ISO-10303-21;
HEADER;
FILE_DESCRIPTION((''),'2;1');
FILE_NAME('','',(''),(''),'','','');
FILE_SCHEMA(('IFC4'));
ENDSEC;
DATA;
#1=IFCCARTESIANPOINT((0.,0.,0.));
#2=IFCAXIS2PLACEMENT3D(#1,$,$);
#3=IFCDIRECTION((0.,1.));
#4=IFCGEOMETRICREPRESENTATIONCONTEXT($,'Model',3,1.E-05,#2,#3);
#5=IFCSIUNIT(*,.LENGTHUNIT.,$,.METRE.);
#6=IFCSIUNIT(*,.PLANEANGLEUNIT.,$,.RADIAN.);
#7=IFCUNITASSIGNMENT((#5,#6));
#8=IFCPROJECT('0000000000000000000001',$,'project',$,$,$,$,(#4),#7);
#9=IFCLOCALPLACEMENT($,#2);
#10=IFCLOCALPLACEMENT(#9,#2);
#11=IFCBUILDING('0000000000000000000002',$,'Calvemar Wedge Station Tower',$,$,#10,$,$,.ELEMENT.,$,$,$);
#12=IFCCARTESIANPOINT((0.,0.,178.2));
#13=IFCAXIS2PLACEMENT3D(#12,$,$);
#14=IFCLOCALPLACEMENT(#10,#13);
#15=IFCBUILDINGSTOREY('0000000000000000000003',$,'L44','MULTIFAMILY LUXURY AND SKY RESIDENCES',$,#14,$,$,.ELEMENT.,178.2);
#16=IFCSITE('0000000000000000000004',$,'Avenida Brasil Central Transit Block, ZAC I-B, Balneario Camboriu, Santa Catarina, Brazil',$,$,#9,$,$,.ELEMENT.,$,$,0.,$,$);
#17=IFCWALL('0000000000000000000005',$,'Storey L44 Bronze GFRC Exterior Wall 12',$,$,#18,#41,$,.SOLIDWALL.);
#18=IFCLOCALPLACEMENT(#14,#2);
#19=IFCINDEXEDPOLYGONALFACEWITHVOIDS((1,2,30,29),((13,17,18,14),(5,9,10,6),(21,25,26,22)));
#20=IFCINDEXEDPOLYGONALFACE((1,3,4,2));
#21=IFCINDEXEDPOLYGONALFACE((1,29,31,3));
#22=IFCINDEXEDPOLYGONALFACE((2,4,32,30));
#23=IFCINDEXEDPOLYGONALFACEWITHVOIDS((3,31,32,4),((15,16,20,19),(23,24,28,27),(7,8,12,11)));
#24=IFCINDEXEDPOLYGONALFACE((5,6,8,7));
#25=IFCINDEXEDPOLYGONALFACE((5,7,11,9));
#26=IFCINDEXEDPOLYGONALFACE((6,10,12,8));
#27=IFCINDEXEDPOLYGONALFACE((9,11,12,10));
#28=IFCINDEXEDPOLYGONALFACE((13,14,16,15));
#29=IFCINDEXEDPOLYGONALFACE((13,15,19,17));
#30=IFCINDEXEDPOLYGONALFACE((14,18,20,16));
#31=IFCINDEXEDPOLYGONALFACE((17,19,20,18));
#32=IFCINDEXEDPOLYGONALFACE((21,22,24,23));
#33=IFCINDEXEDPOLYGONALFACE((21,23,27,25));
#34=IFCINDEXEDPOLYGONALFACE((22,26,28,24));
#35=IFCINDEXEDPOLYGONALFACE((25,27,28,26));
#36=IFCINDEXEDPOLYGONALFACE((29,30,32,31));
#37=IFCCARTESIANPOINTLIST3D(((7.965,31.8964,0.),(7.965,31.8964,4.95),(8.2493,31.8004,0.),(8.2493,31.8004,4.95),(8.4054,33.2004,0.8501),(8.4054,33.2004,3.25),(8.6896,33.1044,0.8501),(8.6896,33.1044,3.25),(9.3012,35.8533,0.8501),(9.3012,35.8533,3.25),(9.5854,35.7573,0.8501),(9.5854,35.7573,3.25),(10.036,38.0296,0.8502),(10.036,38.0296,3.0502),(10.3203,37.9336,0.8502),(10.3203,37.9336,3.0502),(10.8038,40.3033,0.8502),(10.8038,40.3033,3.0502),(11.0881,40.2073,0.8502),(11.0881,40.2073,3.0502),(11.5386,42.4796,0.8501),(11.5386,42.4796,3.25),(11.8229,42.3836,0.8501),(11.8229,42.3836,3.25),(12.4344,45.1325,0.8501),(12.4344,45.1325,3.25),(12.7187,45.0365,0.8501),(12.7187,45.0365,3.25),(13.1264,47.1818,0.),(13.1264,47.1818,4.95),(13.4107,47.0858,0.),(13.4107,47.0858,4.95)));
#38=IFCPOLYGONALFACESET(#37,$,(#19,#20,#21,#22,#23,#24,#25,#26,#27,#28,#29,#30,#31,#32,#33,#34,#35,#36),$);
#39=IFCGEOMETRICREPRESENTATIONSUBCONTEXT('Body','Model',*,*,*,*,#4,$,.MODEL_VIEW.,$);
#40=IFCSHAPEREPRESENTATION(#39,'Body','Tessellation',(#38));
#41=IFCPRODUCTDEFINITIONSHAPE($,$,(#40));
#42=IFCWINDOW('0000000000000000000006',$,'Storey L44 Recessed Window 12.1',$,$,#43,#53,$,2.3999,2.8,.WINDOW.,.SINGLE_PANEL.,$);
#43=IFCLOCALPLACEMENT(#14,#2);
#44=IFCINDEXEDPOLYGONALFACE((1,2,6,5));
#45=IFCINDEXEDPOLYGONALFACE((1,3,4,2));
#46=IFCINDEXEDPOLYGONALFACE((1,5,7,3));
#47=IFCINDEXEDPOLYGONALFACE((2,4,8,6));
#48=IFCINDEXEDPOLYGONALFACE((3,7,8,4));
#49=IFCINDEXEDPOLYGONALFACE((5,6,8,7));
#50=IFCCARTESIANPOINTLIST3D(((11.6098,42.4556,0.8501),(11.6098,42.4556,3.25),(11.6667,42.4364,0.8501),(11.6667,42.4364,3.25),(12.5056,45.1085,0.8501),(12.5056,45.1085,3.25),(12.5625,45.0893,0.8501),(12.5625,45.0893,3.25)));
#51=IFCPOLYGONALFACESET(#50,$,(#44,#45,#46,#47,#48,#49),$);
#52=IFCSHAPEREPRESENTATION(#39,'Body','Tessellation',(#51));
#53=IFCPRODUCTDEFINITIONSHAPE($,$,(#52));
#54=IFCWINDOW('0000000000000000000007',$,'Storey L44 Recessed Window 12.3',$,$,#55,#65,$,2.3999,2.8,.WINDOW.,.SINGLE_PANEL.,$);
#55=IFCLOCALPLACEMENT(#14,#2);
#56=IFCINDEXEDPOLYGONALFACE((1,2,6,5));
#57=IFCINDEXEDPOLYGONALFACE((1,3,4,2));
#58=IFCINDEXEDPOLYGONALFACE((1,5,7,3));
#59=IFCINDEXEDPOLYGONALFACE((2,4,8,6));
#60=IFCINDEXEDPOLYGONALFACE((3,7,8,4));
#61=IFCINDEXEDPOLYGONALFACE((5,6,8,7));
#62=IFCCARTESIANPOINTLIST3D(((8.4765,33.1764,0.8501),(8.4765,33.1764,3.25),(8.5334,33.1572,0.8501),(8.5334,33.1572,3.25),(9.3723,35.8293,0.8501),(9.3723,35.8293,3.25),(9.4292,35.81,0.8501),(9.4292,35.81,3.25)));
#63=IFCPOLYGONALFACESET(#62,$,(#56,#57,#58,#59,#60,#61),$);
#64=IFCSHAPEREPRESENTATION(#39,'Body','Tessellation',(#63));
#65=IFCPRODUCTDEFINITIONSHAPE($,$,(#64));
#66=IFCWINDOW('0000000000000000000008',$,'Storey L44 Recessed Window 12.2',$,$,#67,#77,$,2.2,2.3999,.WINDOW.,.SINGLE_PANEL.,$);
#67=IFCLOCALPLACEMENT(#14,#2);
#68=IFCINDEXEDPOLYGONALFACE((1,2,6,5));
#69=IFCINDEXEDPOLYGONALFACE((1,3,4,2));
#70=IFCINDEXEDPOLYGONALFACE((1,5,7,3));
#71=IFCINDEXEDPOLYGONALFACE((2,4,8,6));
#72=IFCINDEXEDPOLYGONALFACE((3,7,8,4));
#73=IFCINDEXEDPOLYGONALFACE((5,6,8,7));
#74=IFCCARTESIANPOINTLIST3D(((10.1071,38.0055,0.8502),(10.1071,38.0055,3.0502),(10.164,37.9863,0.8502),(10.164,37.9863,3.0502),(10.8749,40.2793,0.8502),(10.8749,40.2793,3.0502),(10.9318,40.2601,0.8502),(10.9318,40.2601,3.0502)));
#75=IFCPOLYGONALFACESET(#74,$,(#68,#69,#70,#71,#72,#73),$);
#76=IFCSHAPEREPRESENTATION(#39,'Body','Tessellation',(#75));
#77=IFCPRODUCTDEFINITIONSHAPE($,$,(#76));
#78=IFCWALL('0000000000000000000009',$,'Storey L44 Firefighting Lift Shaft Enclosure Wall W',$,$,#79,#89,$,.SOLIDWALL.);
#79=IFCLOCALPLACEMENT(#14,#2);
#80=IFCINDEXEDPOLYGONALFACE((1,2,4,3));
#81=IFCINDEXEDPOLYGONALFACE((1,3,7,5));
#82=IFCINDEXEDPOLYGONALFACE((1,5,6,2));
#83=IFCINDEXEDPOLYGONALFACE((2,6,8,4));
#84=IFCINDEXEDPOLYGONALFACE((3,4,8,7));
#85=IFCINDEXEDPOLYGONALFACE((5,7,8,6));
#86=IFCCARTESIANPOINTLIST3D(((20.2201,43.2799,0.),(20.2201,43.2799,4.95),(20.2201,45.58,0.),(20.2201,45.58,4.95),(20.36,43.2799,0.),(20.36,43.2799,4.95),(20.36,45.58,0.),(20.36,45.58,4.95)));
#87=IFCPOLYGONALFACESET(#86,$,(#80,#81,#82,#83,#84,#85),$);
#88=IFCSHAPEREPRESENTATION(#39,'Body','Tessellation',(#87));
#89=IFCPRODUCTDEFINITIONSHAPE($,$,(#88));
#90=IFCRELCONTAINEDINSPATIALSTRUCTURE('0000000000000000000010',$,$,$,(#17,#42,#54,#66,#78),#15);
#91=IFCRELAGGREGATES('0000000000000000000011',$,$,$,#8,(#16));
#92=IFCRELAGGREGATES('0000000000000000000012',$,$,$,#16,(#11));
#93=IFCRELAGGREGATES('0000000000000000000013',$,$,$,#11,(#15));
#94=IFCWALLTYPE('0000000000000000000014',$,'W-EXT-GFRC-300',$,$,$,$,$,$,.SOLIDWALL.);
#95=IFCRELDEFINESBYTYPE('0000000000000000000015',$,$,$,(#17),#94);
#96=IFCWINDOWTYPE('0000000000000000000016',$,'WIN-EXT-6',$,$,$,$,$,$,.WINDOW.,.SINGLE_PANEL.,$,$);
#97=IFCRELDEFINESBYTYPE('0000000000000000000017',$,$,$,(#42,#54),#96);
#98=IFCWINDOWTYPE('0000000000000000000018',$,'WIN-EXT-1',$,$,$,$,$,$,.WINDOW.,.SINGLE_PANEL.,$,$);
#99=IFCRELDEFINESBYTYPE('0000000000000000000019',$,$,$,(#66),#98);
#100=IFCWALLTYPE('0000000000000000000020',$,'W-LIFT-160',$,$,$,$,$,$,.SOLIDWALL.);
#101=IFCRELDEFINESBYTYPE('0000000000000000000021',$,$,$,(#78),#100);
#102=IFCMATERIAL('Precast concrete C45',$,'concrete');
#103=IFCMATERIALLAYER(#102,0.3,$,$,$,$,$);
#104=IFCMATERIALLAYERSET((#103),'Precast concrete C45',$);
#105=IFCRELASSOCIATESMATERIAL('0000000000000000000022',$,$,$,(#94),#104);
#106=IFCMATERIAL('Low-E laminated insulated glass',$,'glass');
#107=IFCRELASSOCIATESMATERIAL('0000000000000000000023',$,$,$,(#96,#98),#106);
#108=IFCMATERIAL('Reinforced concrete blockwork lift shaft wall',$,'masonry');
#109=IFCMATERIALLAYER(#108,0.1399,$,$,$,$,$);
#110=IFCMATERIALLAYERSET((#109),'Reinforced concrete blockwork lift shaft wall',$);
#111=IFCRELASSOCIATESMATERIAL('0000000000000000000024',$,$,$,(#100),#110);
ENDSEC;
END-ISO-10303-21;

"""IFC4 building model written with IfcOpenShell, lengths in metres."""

from ifc_helpers import new_model, si_unit, direction, frame, frame_2d, origin, place, context, subcontext, project, spatial, rectangle, extrude, source, transform, mapped, material, layer, layer_set, type_object, element, fill, save


model = new_model("IFC4")

# Units and contexts
model_context = context("Model", 3, precision=1e-05, world=origin(), true_north=direction((0.0, 1.0)))
body_context = subcontext(model_context, "Body", "Model", "MODEL_VIEW")
ifc_project = project(units=[si_unit("LENGTHUNIT", "METRE"), si_unit("PLANEANGLEUNIT", "RADIAN")], contexts=[model_context])

# Site, building, storey
site_placement = place(None, origin())
site = spatial("IfcSite", under=ifc_project, at=site_placement, Name="Avenida Brasil Central Transit Block, ZAC I-B, Balneario Camboriu, Santa Catarina, Brazil", CompositionType="ELEMENT", RefElevation=0.0)
building_placement = place(site_placement, origin())
building = spatial("IfcBuilding", under=site, at=building_placement, Name="Calvemar Wedge Station Tower", CompositionType="ELEMENT")
storey_placement = place(building_placement, frame((0.0, 0.0, 178.2)))
storey = spatial("IfcBuildingStorey", under=building, at=storey_placement, Name="L44", Description="MULTIFAMILY LUXURY AND SKY RESIDENCES", CompositionType="ELEMENT", Elevation=178.2)

# Shared definitions
ifc_material_1 = material(Name="Precast concrete C45", Category="concrete")

# Wall, openings, windows
ifc_layer_1 = layer(ifc_material_1, 0.3)
ifc_layer_set_1 = layer_set([ifc_layer_1], Name="Precast concrete C45")
wall_type_1 = type_object("IfcWallType", Name="W-EXT-GFRC-300", PredefinedType="SOLIDWALL", material=ifc_layer_set_1)
wall_1_placement = place(storey_placement, frame((13.2686, 47.1338, 0.0), z_axis=(0.0, 0.0, 1.0), x_axis=(-0.319921, -0.947444, 0.0)))
wall_1 = element("IfcWall", 1, at=wall_1_placement, inside=storey, type_object=wall_type_1, Name="Storey L44 Bronze GFRC Exterior Wall 12", PredefinedType="SOLIDWALL", context=body_context, shape_type="SweptSolid", body=[
    extrude(rectangle(XDim=16.1333, YDim=0.3, at=frame_2d((8.0667, 0.0))), origin(), (0.0, 0.0, 1.0), 4.95),
])
shared_shape_1 = source(origin(), body_context, "Body", "SweptSolid", [
    extrude(rectangle(XDim=2.8, YDim=2.3999, at=frame_2d((1.3999, 1.2))), frame((0.0, 0.1602, 0.0), z_axis=(0.0, -1.0, 0.0), x_axis=(1.0, 0.0, 0.0)), (0.0, 0.0, 1.0), 0.3201),
])
opening_1_placement = place(wall_1_placement, frame((2.1631, 0.0, 0.8501)))
opening_1 = element("IfcOpeningElement", 2, at=opening_1_placement, cuts=wall_1, PredefinedType="OPENING", context=body_context, shape_type="MappedRepresentation", body=[
    mapped(shared_shape_1, transform((0.0, 0.0, 0.0), scale=1.0)),
])
shared_shape_2 = source(origin(), body_context, "Body", "SweptSolid", [
    extrude(rectangle(XDim=2.3999, YDim=2.2, at=frame_2d((1.2, 1.1001))), frame((0.0, 0.1602, 0.0), z_axis=(0.0, -1.0, 0.0), x_axis=(1.0, 0.0, 0.0)), (0.0, 0.0, 1.0), 0.3201),
])
opening_2_placement = place(wall_1_placement, frame((7.26, 0.0, 0.8501)))
opening_2 = element("IfcOpeningElement", 3, at=opening_2_placement, cuts=wall_1, PredefinedType="OPENING", context=body_context, shape_type="MappedRepresentation", body=[
    mapped(shared_shape_2, transform((0.0, 0.0, 0.0), scale=1.0)),
])
opening_3_placement = place(wall_1_placement, frame((11.957, 0.0, 0.8501)))
opening_3 = element("IfcOpeningElement", 4, at=opening_3_placement, cuts=wall_1, PredefinedType="OPENING", context=body_context, shape_type="MappedRepresentation", body=[
    mapped(shared_shape_1, transform((0.0, 0.0, 0.0), scale=1.0)),
])
ifc_material_2 = material(Name="Low-E laminated insulated glass", Category="glass")
window_type_1 = type_object("IfcWindowType", Name="WIN-EXT-6", PartitioningType="SINGLE_PANEL", PredefinedType="WINDOW", material=ifc_material_2)
shared_shape_3 = source(origin(), body_context, "Body", "SweptSolid", [
    extrude(rectangle(XDim=2.8, YDim=2.3999, at=frame_2d((1.3999, 1.2))), frame((0.0, -0.0149, 0.0), z_axis=(0.0, -1.0, 0.0), x_axis=(1.0, 0.0, 0.0)), (0.0, 0.0, 1.0), 0.0601),
])
window_1_placement = place(opening_1_placement, origin())
window_1 = element("IfcWindow", 5, at=window_1_placement, inside=storey, type_object=window_type_1, Name="Storey L44 Recessed Window 12.1", OverallHeight=2.3999, OverallWidth=2.8, PartitioningType="SINGLE_PANEL", PredefinedType="WINDOW", context=body_context, shape_type="MappedRepresentation", body=[
    mapped(shared_shape_3, transform((0.0, 0.0, 0.0), scale=1.0)),
])
fill(opening_1, window_1)
window_2_placement = place(opening_3_placement, origin())
window_2 = element("IfcWindow", 6, at=window_2_placement, inside=storey, type_object=window_type_1, Name="Storey L44 Recessed Window 12.3", OverallHeight=2.3999, OverallWidth=2.8, PartitioningType="SINGLE_PANEL", PredefinedType="WINDOW", context=body_context, shape_type="MappedRepresentation", body=[
    mapped(shared_shape_3, transform((0.0, 0.0, 0.0), scale=1.0)),
])
fill(opening_3, window_2)
window_type_2 = type_object("IfcWindowType", Name="WIN-EXT-1", PartitioningType="SINGLE_PANEL", PredefinedType="WINDOW", material=ifc_material_2)
shared_shape_4 = source(origin(), body_context, "Body", "SweptSolid", [
    extrude(rectangle(XDim=2.3999, YDim=2.2, at=frame_2d((1.2, 1.1001))), frame((0.0, -0.0149, 0.0), z_axis=(0.0, -1.0, 0.0), x_axis=(1.0, 0.0, 0.0)), (0.0, 0.0, 1.0), 0.0601),
])
window_3_placement = place(opening_2_placement, origin())
window_3 = element("IfcWindow", 7, at=window_3_placement, inside=storey, type_object=window_type_2, Name="Storey L44 Recessed Window 12.2", OverallHeight=2.2, OverallWidth=2.3999, PartitioningType="SINGLE_PANEL", PredefinedType="WINDOW", context=body_context, shape_type="MappedRepresentation", body=[
    mapped(shared_shape_4, transform((0.0, 0.0, 0.0), scale=1.0)),
])
fill(opening_2, window_3)

# Shared definitions
ifc_material_3 = material(Name="Reinforced concrete blockwork lift shaft wall", Category="masonry")
ifc_layer_2 = layer(ifc_material_3, 0.1399)
ifc_layer_set_2 = layer_set([ifc_layer_2], Name="Reinforced concrete blockwork lift shaft wall")
wall_type_2 = type_object("IfcWallType", Name="W-LIFT-160", PredefinedType="SOLIDWALL", material=ifc_layer_set_2)

# Wall
wall_2_placement = place(storey_placement, frame((20.29, 43.28, 0.0), z_axis=(0.0, 0.0, 1.0), x_axis=(0.0, 1.0, 0.0)))
element("IfcWall", 8, at=wall_2_placement, inside=storey, type_object=wall_type_2, Name="Storey L44 Firefighting Lift Shaft Enclosure Wall W", PredefinedType="SOLIDWALL", context=body_context, shape_type="SweptSolid", body=[
    extrude(rectangle(XDim=2.3, YDim=0.1399, at=frame_2d((1.1499, 0.0))), origin(), (0.0, 0.0, 1.0), 4.95),
])

save(model, "model.ifc")
